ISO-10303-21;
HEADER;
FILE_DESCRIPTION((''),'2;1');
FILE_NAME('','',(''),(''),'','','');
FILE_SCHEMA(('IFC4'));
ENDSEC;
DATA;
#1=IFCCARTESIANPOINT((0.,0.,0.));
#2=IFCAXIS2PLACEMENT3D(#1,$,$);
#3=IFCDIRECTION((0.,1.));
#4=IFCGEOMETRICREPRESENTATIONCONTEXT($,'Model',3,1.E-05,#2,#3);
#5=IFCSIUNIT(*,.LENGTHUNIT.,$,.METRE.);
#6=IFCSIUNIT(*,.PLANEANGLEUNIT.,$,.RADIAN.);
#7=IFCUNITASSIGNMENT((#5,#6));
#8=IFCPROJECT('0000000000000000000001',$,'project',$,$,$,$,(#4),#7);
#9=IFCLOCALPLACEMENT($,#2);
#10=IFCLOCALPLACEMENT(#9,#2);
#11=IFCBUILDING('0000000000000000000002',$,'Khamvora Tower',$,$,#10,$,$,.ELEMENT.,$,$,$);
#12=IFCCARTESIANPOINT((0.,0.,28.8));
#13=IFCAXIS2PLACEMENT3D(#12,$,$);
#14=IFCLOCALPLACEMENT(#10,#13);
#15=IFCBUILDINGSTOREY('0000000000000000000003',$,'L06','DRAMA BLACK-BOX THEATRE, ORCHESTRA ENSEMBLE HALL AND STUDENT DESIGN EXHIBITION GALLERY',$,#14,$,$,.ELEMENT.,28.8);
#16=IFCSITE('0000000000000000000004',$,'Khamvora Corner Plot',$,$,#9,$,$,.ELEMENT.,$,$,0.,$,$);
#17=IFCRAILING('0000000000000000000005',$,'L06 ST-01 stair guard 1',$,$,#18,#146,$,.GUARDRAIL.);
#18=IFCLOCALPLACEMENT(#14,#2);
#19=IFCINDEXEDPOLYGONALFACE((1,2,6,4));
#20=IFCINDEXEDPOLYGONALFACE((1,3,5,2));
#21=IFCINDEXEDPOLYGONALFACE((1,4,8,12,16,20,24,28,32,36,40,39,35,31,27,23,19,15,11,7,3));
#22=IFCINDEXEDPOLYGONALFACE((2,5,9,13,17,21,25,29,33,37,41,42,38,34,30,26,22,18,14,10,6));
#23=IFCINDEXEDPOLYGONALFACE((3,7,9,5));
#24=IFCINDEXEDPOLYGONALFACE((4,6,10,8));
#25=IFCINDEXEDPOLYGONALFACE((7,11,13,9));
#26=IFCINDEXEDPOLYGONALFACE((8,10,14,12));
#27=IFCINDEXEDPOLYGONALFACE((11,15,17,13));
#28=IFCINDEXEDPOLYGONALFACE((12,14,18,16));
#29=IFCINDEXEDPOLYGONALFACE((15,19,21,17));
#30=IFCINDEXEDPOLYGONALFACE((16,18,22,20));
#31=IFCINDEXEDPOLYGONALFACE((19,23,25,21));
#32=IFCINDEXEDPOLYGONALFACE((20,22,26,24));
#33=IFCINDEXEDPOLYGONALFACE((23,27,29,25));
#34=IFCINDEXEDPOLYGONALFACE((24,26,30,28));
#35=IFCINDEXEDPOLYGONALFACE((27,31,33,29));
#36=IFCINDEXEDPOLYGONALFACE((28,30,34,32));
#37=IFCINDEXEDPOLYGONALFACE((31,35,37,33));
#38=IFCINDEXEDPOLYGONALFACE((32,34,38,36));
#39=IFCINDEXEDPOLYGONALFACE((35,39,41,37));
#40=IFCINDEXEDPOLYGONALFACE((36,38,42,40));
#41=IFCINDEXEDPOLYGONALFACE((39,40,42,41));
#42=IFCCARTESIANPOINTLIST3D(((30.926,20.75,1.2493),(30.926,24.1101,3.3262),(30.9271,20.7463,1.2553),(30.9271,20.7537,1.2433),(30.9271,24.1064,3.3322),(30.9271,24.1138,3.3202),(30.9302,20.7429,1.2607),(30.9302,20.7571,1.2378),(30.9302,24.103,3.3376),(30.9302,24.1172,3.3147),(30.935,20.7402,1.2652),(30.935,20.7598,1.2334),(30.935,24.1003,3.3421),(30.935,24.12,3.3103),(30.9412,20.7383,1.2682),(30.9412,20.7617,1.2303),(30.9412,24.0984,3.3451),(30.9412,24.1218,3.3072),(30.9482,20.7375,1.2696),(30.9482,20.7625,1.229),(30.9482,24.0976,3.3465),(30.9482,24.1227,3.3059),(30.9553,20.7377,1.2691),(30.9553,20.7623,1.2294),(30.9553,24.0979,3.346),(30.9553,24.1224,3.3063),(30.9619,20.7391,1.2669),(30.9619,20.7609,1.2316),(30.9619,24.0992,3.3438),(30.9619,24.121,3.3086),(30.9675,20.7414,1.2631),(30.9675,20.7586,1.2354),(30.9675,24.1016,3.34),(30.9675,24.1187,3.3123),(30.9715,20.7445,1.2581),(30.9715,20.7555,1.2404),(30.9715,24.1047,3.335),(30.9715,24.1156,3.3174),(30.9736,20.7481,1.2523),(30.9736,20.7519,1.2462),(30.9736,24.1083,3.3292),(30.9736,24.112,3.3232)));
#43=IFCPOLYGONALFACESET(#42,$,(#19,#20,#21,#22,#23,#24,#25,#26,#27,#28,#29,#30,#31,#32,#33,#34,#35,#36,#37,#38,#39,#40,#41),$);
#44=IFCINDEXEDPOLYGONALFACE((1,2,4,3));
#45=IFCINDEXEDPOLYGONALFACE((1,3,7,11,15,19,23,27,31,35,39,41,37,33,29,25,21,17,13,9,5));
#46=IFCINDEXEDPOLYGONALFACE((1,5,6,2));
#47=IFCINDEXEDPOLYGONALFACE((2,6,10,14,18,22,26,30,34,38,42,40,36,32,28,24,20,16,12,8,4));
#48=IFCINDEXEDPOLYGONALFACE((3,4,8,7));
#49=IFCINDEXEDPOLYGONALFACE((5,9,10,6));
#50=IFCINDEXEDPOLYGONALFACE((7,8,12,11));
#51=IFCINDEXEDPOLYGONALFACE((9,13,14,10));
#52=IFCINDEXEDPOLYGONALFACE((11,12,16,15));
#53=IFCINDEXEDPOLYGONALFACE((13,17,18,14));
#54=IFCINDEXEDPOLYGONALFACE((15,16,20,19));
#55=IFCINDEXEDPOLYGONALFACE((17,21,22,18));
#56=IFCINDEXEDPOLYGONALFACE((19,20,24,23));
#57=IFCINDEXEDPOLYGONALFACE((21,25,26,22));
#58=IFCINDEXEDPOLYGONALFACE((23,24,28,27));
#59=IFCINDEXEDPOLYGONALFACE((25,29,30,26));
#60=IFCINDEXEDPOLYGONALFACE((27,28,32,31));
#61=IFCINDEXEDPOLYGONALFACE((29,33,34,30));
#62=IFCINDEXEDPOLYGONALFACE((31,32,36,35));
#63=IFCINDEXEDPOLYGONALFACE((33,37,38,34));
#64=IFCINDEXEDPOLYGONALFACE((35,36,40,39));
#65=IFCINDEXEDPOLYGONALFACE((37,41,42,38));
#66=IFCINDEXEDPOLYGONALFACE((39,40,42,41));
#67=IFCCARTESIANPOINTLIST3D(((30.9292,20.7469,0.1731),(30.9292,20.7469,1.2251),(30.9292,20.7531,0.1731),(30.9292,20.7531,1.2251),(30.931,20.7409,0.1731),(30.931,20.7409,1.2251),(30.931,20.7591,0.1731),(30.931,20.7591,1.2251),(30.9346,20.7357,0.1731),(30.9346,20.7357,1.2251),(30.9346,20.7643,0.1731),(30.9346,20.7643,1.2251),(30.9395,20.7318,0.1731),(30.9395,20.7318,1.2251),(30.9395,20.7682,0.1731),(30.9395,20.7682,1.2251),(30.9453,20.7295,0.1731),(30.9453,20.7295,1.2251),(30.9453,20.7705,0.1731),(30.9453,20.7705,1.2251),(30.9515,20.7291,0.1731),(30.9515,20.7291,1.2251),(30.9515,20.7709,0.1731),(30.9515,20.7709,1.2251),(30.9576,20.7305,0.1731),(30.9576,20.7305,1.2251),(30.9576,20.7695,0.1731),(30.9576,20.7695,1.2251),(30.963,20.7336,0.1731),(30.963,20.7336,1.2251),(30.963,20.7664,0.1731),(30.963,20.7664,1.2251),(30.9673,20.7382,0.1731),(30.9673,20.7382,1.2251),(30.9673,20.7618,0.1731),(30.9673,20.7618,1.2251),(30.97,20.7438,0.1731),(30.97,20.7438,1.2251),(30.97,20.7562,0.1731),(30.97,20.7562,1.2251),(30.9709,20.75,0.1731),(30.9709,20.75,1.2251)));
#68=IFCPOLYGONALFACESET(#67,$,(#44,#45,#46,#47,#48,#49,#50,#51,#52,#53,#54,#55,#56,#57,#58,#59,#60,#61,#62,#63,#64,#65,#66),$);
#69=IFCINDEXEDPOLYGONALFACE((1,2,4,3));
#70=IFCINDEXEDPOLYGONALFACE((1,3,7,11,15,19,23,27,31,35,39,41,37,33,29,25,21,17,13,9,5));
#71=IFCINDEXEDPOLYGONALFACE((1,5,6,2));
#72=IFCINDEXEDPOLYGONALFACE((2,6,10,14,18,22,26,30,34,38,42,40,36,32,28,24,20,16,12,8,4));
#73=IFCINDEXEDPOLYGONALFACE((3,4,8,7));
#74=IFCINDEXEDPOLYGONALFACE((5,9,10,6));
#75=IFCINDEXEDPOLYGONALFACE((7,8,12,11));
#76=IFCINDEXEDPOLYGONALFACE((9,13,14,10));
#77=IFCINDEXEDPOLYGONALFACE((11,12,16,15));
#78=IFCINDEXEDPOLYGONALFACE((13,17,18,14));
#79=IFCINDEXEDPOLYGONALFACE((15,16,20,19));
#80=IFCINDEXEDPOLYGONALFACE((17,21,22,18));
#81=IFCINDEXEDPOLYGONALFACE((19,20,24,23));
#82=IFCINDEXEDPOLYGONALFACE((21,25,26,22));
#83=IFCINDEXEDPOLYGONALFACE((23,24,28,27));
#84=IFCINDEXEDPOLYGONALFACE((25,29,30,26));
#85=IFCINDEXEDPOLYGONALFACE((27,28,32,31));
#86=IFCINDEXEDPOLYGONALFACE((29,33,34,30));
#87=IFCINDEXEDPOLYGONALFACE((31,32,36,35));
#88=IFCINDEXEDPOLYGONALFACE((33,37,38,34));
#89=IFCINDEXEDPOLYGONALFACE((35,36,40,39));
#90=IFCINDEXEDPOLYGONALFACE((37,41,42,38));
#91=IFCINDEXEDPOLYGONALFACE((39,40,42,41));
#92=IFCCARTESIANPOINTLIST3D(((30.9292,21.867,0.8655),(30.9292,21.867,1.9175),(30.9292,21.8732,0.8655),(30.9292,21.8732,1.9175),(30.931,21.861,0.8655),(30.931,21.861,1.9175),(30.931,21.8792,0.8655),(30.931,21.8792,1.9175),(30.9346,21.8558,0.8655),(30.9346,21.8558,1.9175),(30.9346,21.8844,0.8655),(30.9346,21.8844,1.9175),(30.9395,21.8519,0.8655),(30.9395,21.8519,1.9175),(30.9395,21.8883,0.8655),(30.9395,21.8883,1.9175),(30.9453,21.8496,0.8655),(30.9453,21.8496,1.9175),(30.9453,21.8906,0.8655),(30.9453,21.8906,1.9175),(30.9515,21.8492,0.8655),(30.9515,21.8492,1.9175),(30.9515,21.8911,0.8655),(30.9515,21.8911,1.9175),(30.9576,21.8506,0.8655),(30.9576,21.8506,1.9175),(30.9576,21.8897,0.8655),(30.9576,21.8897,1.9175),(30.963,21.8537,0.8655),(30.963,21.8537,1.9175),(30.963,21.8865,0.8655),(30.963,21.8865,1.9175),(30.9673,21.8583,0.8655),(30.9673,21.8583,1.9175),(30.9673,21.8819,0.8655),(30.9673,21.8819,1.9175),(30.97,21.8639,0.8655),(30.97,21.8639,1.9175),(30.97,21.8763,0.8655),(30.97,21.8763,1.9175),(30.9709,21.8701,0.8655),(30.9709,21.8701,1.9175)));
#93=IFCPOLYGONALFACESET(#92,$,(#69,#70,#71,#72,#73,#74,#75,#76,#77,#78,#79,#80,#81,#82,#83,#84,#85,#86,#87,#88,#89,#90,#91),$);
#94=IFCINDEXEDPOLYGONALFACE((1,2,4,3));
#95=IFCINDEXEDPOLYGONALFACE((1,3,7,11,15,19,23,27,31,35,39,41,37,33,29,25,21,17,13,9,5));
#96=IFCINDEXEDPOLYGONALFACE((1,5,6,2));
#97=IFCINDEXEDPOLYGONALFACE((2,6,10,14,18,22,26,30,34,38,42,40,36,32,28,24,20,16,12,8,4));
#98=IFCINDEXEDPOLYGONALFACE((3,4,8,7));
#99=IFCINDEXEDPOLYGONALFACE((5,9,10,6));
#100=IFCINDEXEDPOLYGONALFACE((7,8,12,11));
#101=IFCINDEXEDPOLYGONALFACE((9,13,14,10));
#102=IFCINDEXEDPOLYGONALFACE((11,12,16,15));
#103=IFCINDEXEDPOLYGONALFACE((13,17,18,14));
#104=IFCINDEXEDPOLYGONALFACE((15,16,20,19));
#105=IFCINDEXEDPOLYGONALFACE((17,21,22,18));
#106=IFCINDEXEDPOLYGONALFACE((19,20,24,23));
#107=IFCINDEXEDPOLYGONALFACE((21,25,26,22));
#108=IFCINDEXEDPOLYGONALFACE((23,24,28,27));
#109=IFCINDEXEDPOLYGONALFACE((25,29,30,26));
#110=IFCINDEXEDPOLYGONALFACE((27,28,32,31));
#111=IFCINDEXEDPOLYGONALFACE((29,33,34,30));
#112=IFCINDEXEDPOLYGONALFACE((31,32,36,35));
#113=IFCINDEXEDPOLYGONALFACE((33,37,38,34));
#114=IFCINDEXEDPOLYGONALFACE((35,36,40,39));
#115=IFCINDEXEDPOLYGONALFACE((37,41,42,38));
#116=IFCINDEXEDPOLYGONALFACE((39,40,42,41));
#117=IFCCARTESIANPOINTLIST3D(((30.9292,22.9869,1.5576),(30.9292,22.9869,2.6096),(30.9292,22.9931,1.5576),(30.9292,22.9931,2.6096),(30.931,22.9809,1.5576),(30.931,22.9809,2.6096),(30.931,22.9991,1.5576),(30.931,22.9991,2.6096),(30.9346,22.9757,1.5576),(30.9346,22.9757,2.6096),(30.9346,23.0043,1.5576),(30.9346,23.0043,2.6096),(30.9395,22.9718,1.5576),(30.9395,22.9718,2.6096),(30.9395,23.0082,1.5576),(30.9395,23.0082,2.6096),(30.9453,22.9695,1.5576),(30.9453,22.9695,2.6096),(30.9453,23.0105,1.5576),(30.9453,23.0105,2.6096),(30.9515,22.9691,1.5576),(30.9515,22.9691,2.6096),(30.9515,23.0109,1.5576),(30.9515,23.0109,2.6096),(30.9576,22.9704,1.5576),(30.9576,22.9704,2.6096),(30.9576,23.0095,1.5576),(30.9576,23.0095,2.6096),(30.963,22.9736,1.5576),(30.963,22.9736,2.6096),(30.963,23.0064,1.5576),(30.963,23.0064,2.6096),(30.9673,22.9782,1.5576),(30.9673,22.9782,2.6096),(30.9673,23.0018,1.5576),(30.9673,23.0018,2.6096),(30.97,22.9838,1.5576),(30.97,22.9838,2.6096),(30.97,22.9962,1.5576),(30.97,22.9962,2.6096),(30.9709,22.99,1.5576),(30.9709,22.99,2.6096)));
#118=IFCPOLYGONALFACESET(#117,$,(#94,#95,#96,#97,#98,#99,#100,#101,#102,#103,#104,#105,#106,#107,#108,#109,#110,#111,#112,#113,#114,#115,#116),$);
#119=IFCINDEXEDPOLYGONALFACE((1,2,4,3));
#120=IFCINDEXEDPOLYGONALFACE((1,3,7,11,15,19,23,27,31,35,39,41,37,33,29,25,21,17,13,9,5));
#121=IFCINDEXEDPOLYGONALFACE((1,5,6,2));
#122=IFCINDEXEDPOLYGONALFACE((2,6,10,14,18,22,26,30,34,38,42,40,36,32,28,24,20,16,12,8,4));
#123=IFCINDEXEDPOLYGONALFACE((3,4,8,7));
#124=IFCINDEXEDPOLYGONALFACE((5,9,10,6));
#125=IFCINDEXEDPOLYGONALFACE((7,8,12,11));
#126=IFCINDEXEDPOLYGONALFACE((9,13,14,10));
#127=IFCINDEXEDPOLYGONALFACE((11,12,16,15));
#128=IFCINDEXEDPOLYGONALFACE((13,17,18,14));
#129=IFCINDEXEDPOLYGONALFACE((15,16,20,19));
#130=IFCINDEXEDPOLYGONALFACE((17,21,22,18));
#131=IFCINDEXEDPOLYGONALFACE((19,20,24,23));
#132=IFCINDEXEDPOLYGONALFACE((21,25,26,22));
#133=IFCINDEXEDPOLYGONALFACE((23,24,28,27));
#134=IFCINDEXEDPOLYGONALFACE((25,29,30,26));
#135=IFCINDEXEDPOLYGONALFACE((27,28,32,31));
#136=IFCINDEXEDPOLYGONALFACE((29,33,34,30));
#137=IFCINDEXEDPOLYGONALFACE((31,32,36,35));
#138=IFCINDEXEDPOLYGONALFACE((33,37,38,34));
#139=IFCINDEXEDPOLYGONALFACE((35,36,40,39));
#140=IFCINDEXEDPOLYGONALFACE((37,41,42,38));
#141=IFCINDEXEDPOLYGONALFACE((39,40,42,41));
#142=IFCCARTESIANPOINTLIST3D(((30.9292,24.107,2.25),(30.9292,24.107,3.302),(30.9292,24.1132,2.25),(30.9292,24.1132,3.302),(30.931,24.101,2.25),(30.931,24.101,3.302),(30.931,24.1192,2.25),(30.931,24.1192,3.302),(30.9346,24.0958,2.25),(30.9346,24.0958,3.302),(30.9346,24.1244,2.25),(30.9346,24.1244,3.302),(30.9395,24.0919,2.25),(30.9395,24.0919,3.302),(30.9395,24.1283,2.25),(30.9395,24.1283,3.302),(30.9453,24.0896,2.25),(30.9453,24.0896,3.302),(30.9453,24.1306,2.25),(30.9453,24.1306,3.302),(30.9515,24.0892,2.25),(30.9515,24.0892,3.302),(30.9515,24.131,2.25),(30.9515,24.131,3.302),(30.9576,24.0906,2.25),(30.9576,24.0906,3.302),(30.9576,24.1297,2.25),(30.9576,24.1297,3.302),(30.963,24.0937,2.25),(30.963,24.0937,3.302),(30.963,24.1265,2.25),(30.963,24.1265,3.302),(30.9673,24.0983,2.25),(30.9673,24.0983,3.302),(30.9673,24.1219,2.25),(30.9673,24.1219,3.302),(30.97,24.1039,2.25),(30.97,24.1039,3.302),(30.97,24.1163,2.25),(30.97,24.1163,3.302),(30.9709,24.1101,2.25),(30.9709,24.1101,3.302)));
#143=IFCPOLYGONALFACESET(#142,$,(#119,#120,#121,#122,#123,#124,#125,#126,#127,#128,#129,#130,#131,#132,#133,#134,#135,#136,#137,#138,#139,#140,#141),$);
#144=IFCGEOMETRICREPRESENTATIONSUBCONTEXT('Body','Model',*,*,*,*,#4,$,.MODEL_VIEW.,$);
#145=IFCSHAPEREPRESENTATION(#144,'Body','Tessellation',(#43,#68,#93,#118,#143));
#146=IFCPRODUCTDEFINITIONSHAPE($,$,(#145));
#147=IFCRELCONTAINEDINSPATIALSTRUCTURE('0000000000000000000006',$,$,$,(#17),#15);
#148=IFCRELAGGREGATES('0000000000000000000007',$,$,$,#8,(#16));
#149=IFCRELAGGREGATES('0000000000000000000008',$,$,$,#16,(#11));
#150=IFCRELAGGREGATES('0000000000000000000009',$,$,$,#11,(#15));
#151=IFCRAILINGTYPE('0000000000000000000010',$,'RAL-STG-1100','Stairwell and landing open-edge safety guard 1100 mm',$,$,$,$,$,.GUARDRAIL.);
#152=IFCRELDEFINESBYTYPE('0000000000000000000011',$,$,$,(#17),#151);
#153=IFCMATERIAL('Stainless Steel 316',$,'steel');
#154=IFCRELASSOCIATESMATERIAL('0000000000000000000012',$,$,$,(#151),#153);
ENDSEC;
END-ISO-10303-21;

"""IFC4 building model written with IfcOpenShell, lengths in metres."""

from ifc_helpers import new_model, si_unit, direction, frame, origin, origin_2d, place, context, subcontext, project, spatial, circle, extrude, material, type_object, element, save


model = new_model("IFC4")

# Units and contexts
model_context = context("Model", 3, precision=1e-05, world=origin(), true_north=direction((0.0, 1.0)))
body_context = subcontext(model_context, "Body", "Model", "MODEL_VIEW")
ifc_project = project(units=[si_unit("LENGTHUNIT", "METRE"), si_unit("PLANEANGLEUNIT", "RADIAN")], contexts=[model_context])

# Site, building, storey
site_placement = place(None, origin())
site = spatial("IfcSite", under=ifc_project, at=site_placement, Name="Khamvora Corner Plot", CompositionType="ELEMENT", RefElevation=0.0)
building_placement = place(site_placement, origin())
building = spatial("IfcBuilding", under=site, at=building_placement, Name="Khamvora Tower", CompositionType="ELEMENT")
storey_placement = place(building_placement, frame((0.0, 0.0, 28.8)))
storey = spatial("IfcBuildingStorey", under=building, at=storey_placement, Name="L06", Description="DRAMA BLACK-BOX THEATRE, ORCHESTRA ENSEMBLE HALL AND STUDENT DESIGN EXHIBITION GALLERY", CompositionType="ELEMENT", Elevation=28.8)

# Railing
ifc_material_1 = material(Name="Stainless Steel 316", Category="steel")
railing_type_1 = type_object("IfcRailingType", Name="RAL-STG-1100", Description="Stairwell and landing open-edge safety guard 1100 mm", PredefinedType="GUARDRAIL", material=ifc_material_1)
railing_1_placement = place(storey_placement, frame((30.95, 20.75, 0.1731)))
element("IfcRailing", 1, at=railing_1_placement, inside=storey, type_object=railing_type_1, Name="L06 ST-01 stair guard 1", PredefinedType="GUARDRAIL", context=body_context, shape_type="SweptSolid", body=[
    extrude(circle(Radius=0.0239, at=origin_2d()), frame((0.0, 0.0, 1.0762), z_axis=(0.0, 0.850623, 0.525776), x_axis=(-1.0, 0.0, 0.0)), (0.0, 0.0, 1.0), 3.9502),
    extrude(circle(Radius=0.021, at=origin_2d()), origin(), (0.0, 0.0, 1.0), 1.052),
    extrude(circle(Radius=0.021, at=origin_2d()), frame((0.0, 1.1201, 0.6924)), (0.0, 0.0, 1.0), 1.052),
    extrude(circle(Radius=0.021, at=origin_2d()), frame((0.0, 2.24, 1.3845)), (0.0, 0.0, 1.0), 1.052),
    extrude(circle(Radius=0.021, at=origin_2d()), frame((0.0, 3.3601, 2.0769)), (0.0, 0.0, 1.0), 1.052),
])

save(model, "model.ifc")
